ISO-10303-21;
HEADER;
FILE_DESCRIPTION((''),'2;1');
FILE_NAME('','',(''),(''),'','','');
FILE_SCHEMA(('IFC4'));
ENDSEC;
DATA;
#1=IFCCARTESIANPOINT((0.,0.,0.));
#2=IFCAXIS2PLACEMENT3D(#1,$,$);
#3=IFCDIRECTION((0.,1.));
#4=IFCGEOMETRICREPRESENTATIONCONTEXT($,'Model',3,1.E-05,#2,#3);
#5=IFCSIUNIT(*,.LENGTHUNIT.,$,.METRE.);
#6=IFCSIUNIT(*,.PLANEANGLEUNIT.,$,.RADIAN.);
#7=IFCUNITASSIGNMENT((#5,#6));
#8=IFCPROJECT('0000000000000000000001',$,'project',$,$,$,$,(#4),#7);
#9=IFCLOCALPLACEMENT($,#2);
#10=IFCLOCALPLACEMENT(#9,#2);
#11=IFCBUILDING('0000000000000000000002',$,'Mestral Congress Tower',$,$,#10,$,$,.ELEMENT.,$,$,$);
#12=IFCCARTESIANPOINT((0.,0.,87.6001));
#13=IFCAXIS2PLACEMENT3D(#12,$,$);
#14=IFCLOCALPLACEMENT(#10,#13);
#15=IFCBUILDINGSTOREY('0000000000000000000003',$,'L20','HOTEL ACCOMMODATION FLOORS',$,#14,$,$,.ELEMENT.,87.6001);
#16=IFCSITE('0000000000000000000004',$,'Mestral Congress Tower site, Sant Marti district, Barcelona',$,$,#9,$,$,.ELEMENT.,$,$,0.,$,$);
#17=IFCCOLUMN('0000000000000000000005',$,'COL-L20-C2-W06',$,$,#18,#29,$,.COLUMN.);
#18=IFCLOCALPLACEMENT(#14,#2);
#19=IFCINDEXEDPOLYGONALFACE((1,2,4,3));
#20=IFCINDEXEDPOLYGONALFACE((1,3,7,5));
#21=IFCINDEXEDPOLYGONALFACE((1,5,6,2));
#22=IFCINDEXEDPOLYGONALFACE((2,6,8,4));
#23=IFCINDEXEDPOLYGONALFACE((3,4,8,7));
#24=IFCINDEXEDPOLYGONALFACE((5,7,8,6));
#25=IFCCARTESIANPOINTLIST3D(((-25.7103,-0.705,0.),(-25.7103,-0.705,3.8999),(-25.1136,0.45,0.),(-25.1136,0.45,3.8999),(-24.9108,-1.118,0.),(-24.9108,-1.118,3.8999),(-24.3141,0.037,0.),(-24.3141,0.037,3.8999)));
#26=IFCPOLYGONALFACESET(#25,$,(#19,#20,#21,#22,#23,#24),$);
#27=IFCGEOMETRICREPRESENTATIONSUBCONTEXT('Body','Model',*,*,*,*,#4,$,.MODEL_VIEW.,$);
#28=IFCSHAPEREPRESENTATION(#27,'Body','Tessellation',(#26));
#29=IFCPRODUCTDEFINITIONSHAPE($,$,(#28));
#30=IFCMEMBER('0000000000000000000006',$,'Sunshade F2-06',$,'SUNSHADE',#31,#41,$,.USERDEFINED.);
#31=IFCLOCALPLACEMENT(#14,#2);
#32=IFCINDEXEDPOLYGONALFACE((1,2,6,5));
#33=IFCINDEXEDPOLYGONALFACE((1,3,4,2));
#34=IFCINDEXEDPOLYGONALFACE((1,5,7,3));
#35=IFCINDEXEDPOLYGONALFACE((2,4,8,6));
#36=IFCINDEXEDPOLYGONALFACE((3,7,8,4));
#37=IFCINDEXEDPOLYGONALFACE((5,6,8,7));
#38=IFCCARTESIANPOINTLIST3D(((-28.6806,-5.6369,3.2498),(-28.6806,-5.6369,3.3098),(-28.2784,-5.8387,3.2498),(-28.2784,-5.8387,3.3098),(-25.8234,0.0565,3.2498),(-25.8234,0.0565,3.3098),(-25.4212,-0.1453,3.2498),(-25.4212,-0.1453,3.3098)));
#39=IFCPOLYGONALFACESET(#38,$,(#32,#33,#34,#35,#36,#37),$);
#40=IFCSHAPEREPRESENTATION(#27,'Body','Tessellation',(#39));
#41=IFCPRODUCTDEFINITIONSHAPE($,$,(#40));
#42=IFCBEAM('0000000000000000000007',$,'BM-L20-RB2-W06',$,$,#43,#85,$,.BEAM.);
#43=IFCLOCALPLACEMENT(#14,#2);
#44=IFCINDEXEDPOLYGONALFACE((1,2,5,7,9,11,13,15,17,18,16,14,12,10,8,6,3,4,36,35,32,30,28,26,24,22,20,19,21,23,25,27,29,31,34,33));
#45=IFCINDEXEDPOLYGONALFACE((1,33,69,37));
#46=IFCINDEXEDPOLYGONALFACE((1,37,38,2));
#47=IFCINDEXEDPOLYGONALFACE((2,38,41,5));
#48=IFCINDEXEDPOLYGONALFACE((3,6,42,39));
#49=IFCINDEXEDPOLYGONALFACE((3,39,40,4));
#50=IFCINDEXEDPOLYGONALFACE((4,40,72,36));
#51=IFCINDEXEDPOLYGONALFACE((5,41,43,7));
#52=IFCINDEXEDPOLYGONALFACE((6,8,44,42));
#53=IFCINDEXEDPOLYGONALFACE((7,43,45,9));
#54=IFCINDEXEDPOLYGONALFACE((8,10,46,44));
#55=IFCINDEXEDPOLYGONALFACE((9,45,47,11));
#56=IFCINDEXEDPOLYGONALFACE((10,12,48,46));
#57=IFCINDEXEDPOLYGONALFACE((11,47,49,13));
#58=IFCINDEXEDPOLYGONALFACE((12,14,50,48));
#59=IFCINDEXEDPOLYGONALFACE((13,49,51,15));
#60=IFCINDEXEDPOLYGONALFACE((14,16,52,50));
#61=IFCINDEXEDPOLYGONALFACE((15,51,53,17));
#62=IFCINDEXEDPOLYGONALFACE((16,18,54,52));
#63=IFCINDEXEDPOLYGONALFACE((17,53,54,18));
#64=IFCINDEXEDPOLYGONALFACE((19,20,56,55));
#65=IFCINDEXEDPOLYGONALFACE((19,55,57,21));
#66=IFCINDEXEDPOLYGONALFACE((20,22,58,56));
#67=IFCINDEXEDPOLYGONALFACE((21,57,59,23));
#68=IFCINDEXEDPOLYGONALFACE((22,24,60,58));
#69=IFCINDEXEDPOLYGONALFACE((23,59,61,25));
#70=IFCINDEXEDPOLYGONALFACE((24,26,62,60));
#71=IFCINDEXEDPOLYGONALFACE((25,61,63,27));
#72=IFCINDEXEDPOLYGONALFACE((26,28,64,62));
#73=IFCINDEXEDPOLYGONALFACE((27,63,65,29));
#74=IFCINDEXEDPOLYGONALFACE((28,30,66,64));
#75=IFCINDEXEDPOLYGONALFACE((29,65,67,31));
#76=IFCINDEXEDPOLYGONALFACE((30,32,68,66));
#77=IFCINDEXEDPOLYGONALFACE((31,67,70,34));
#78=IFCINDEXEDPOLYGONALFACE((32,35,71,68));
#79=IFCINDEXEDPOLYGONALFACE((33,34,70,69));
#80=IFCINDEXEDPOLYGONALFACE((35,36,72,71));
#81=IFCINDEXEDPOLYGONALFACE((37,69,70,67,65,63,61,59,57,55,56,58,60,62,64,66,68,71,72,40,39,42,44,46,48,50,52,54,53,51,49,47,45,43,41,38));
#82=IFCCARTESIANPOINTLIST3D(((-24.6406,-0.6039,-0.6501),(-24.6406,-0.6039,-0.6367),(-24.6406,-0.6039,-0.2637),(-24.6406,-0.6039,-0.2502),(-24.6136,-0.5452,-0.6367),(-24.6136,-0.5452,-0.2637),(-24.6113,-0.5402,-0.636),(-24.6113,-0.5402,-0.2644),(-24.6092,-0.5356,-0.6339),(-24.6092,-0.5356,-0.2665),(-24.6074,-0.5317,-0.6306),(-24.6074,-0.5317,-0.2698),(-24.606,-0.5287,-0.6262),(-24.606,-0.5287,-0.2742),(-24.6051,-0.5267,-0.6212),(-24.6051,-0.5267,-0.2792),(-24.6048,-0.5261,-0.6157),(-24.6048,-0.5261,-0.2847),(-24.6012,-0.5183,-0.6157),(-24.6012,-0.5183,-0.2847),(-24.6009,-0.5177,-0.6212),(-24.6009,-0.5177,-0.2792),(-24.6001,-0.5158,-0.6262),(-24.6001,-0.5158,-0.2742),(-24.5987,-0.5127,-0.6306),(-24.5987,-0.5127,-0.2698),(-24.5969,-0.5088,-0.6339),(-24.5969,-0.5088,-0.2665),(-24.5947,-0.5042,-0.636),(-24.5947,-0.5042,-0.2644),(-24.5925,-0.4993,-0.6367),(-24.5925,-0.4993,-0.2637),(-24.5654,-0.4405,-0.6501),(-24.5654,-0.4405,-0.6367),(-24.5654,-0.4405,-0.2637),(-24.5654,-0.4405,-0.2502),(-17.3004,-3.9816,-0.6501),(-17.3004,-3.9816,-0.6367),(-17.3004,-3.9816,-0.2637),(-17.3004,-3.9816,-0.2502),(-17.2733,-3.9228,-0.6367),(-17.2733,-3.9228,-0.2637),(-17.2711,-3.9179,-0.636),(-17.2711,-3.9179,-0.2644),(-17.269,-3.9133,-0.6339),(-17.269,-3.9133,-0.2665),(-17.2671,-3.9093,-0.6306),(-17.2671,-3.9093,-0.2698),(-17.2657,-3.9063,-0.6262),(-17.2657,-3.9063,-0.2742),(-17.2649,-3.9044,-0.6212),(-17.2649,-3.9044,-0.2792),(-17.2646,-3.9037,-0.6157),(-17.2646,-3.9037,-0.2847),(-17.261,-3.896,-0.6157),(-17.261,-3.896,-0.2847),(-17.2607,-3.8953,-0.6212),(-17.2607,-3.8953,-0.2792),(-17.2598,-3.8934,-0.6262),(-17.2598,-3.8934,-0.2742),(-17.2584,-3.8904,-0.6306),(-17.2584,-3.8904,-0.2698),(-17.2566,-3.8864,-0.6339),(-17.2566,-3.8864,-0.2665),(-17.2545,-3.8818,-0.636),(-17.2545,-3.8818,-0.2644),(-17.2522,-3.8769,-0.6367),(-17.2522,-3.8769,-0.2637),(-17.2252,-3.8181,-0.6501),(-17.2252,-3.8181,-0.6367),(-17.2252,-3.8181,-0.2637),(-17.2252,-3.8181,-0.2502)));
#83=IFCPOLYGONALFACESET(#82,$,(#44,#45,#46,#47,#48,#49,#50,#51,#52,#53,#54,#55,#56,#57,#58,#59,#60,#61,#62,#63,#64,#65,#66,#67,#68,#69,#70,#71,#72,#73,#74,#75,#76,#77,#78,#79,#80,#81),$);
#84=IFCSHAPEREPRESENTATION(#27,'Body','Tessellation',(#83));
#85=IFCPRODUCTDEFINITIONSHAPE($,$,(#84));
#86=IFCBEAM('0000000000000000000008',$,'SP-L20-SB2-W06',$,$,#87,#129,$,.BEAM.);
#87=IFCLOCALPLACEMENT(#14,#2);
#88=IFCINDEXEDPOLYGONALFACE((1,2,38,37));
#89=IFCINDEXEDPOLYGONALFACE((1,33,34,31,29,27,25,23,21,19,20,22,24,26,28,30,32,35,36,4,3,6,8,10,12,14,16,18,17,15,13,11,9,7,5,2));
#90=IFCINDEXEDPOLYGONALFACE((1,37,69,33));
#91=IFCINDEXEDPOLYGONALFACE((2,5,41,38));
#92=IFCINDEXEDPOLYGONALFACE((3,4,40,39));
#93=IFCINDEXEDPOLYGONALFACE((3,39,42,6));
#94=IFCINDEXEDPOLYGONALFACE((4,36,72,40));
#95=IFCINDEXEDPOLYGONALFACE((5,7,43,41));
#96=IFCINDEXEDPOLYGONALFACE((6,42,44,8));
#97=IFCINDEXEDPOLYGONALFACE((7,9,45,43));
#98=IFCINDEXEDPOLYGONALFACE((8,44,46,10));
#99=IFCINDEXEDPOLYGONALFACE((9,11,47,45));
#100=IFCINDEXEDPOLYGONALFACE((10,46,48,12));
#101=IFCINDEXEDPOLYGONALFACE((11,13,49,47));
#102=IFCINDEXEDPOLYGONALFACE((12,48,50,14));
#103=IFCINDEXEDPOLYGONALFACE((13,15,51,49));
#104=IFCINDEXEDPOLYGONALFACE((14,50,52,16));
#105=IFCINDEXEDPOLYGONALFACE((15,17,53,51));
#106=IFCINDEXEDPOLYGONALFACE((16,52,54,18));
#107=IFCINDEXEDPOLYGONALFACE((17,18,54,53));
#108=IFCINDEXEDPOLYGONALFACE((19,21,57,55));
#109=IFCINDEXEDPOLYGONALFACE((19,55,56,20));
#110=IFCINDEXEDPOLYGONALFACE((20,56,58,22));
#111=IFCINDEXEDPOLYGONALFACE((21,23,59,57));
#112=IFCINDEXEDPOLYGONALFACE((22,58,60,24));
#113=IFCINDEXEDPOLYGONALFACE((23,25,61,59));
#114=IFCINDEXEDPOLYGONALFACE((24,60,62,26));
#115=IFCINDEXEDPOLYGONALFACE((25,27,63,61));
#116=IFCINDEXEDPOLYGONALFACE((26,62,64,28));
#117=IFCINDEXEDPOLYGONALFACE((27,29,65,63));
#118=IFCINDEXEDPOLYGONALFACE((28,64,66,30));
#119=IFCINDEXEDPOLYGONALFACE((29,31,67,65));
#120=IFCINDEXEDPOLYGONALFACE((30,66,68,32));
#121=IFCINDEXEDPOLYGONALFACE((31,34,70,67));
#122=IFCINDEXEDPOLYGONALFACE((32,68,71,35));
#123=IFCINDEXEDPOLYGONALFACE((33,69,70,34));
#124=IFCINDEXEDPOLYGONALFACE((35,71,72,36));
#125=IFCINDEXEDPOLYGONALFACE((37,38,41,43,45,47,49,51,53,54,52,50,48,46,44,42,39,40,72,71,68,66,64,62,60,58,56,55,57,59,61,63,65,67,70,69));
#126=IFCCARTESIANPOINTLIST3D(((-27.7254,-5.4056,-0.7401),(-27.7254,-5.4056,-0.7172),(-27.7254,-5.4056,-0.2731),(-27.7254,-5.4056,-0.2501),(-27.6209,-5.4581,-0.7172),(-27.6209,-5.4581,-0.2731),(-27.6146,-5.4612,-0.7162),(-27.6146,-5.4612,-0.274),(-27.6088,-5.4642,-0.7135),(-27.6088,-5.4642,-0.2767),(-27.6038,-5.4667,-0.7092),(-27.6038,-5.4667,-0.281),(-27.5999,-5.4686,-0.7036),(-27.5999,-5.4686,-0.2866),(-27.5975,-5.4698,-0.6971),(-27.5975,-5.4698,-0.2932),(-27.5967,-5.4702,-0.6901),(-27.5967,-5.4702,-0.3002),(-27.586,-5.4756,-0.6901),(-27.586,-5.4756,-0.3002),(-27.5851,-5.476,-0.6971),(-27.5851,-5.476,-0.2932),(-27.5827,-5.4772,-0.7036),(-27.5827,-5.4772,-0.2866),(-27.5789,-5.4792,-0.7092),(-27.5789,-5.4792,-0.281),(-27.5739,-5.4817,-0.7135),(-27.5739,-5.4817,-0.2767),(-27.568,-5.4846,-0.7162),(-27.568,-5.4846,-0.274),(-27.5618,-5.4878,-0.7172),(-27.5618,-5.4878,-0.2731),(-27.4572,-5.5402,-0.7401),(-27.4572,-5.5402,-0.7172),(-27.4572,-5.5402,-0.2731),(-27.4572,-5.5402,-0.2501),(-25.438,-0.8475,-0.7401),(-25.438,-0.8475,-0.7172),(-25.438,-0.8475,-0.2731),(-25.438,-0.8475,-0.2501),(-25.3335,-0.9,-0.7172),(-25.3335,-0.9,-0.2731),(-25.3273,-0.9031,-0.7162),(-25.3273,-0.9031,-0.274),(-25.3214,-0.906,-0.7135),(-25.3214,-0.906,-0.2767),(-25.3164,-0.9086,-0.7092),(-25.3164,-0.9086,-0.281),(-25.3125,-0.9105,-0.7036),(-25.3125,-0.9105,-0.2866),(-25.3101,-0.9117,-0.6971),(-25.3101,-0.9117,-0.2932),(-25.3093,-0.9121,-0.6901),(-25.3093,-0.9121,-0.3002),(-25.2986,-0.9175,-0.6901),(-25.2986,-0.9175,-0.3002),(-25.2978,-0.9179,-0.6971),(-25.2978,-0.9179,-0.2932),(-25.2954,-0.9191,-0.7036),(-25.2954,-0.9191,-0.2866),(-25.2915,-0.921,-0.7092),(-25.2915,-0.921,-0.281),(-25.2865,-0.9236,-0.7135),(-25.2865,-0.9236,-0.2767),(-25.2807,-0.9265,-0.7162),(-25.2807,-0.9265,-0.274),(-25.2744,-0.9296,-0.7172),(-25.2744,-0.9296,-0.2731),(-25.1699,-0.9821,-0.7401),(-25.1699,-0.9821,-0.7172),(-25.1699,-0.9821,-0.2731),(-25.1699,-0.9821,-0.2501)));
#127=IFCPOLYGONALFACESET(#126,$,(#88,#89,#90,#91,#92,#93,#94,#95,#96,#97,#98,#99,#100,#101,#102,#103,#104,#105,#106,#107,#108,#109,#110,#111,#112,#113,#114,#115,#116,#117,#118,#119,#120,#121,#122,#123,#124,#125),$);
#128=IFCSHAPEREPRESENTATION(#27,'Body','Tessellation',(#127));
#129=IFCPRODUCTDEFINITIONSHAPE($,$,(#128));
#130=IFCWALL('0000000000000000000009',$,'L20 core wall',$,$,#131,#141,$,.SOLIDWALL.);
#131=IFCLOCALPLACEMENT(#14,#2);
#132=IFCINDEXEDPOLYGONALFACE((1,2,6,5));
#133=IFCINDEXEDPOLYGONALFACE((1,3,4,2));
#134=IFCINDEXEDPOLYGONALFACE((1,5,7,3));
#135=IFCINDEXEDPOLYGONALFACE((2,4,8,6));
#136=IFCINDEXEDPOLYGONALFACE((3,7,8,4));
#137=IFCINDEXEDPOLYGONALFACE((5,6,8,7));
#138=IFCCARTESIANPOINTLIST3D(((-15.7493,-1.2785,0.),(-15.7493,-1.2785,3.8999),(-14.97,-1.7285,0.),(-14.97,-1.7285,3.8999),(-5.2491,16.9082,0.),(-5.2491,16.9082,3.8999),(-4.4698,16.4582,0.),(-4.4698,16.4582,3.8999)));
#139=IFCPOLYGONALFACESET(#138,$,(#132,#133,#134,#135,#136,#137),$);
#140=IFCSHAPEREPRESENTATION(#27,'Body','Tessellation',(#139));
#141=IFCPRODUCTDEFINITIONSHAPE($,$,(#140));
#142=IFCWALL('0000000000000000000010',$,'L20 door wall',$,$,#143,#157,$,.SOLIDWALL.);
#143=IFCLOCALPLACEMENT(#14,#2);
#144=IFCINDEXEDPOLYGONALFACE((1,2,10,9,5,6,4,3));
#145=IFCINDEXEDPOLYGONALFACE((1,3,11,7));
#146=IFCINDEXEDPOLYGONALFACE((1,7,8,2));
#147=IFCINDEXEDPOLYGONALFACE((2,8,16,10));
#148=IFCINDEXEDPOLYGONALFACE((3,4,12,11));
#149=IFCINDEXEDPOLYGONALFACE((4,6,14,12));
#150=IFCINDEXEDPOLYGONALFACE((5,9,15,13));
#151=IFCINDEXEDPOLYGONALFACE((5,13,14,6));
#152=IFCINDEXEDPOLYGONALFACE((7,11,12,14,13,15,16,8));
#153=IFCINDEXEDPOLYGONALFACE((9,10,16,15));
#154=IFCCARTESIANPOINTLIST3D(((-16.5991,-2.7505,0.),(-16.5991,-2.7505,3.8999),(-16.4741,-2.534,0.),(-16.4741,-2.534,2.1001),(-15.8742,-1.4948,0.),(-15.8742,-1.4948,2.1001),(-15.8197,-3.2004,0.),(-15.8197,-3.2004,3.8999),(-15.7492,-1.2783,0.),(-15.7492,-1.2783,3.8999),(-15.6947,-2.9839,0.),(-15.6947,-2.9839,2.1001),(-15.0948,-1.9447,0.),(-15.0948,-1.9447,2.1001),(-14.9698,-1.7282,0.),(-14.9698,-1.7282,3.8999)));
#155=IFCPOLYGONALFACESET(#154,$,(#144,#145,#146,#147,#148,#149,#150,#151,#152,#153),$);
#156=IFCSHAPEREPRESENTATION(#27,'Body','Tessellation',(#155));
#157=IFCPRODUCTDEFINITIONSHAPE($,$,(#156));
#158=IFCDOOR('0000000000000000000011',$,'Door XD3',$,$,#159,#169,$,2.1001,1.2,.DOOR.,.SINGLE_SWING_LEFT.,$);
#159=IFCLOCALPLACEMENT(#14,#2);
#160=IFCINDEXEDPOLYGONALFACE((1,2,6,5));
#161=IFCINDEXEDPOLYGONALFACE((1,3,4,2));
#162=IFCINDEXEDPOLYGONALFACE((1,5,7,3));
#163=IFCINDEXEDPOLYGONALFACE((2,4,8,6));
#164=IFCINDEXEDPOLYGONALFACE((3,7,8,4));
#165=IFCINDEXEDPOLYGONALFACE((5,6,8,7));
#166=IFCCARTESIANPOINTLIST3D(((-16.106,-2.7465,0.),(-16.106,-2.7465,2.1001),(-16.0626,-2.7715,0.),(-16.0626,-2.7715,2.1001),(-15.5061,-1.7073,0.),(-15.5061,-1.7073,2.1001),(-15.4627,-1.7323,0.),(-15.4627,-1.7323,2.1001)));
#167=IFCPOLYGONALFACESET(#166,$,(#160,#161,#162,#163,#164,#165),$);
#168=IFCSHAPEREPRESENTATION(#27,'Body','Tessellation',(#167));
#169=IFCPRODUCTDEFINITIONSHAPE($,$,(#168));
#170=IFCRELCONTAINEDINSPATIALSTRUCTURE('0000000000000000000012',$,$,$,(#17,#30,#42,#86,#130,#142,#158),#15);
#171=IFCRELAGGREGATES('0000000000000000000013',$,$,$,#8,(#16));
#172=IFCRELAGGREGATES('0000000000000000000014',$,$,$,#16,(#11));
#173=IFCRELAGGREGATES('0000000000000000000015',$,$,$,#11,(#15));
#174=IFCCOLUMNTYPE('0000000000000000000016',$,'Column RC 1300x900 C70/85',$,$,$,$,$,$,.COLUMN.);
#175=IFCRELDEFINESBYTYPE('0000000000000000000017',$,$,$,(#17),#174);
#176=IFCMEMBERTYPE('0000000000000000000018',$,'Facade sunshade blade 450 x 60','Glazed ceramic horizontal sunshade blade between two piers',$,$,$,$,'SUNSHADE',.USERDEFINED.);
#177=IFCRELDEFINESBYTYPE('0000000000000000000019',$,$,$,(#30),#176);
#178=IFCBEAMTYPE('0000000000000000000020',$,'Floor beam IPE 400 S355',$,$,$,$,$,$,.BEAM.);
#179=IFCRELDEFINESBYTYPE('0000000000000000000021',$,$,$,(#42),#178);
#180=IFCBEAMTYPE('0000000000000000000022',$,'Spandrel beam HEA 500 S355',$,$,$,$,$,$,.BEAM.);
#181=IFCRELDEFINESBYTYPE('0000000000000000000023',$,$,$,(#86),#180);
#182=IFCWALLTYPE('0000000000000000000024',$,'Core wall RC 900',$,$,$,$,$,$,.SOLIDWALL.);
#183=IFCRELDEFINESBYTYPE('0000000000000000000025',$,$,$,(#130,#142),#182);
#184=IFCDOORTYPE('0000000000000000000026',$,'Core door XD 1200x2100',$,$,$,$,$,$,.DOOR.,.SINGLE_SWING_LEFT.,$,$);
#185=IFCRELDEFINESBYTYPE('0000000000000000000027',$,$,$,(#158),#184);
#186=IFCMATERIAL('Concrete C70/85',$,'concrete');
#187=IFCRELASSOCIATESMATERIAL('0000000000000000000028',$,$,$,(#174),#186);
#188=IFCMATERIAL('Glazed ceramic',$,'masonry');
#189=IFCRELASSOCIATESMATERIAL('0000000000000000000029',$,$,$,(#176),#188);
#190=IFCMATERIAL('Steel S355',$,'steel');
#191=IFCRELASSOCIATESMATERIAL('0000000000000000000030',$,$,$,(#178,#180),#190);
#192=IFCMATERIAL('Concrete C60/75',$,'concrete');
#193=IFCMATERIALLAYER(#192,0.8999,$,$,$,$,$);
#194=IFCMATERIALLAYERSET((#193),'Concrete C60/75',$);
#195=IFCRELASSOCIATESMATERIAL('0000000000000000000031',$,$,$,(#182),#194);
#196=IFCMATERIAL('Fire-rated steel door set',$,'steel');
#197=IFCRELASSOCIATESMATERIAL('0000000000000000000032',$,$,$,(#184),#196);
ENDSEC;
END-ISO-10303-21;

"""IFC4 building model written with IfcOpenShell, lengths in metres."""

from ifc_helpers import new_model, si_unit, direction, frame, frame_2d, origin, origin_2d, place, context, subcontext, project, spatial, rectangle, i_section, extrude, material, layer, layer_set, material_profile, profile_set, type_object, element, fill, save


model = new_model("IFC4")

# Units and contexts
model_context = context("Model", 3, precision=1e-05, world=origin(), true_north=direction((0.0, 1.0)))
body_context = subcontext(model_context, "Body", "Model", "MODEL_VIEW")
ifc_project = project(units=[si_unit("LENGTHUNIT", "METRE"), si_unit("PLANEANGLEUNIT", "RADIAN")], contexts=[model_context])

# Site, building, storey
site_placement = place(None, origin())
site = spatial("IfcSite", under=ifc_project, at=site_placement, Name="Mestral Congress Tower site, Sant Marti district, Barcelona", CompositionType="ELEMENT", RefElevation=0.0)
building_placement = place(site_placement, origin())
building = spatial("IfcBuilding", under=site, at=building_placement, Name="Mestral Congress Tower", CompositionType="ELEMENT")
storey_placement = place(building_placement, frame((0.0, 0.0, 87.6001)))
storey = spatial("IfcBuildingStorey", under=building, at=storey_placement, Name="L20", Description="HOTEL ACCOMMODATION FLOORS", CompositionType="ELEMENT", Elevation=87.6001)

# Column
ifc_material_1 = material(Name="Concrete C70/85", Category="concrete")
ifc_material_profile_1 = material_profile(ifc_material_1, rectangle(XDim=1.3, YDim=0.8999, at=origin_2d()), Name="RC 1300x900")
ifc_profile_set_1 = profile_set([ifc_material_profile_1], Name="Concrete C70/85")
column_type = type_object("IfcColumnType", Name="Column RC 1300x900 C70/85", PredefinedType="COLUMN", material=ifc_profile_set_1)
column_placement = place(storey_placement, frame((-25.0122, -0.334, 0.0), z_axis=(0.0, 0.0, 1.0), x_axis=(-0.458961, -0.888456, 0.0)))
element("IfcColumn", 1, at=column_placement, inside=storey, type_object=column_type, Name="COL-L20-C2-W06", PredefinedType="COLUMN", context=body_context, shape_type="SweptSolid", body=[
    extrude(rectangle(XDim=1.3, YDim=0.8999, at=origin_2d()), origin(), (0.0, 0.0, 1.0), 3.8999),
])

# Member
ifc_material_2 = material(Name="Glazed ceramic", Category="masonry")
ifc_material_profile_2 = material_profile(ifc_material_2, rectangle(XDim=0.45, YDim=0.0601, at=origin_2d()), Name="Ceramic blade 450 x 60")
ifc_profile_set_2 = profile_set([ifc_material_profile_2], Name="Glazed ceramic")
member_type = type_object("IfcMemberType", Name="Facade sunshade blade 450 x 60", Description="Glazed ceramic horizontal sunshade blade between two piers", ElementType="SUNSHADE", PredefinedType="USERDEFINED", material=ifc_profile_set_2)
member_placement = place(storey_placement, frame((-25.6223, -0.0444, 3.2798), z_axis=(-0.448532, -0.893767, 0.0), x_axis=(0.893767, -0.448532, 0.0)))
element("IfcMember", 2, at=member_placement, inside=storey, type_object=member_type, Name="Sunshade F2-06", ObjectType="SUNSHADE", PredefinedType="USERDEFINED", context=body_context, shape_type="SweptSolid", body=[
    extrude(rectangle(XDim=0.45, YDim=0.0601, at=origin_2d()), origin(), (0.0, 0.0, 1.0), 6.3701),
])

# Beams
ifc_material_3 = material(Name="Steel S355", Category="steel")
ifc_material_profile_3 = material_profile(ifc_material_3, i_section(OverallWidth=0.1799, OverallDepth=0.3999, WebThickness=0.0085, FlangeThickness=0.0134, FilletRadius=0.021, at=origin_2d()), Name="IPE 400")
ifc_profile_set_3 = profile_set([ifc_material_profile_3], Name="Steel S355")
beam_type_1 = type_object("IfcBeamType", Name="Floor beam IPE 400 S355", PredefinedType="BEAM", material=ifc_profile_set_3)
beam_1_placement = place(storey_placement, frame((-24.603, -0.5222, -0.4502), z_axis=(0.908437, -0.418021, 0.0), x_axis=(0.418021, 0.908437, 0.0)))
element("IfcBeam", 3, at=beam_1_placement, inside=storey, type_object=beam_type_1, Name="BM-L20-RB2-W06", PredefinedType="BEAM", context=body_context, shape_type="SweptSolid", body=[
    extrude(i_section(OverallWidth=0.1799, OverallDepth=0.3999, WebThickness=0.0085, FlangeThickness=0.0134, FilletRadius=0.021, at=origin_2d()), origin(), (0.0, 0.0, 1.0), 8.0801),
])
ifc_material_profile_4 = material_profile(ifc_material_3, i_section(OverallWidth=0.3, OverallDepth=0.49, WebThickness=0.012, FlangeThickness=0.0229, FilletRadius=0.0271, at=origin_2d()), Name="HEA 500")
ifc_profile_set_4 = profile_set([ifc_material_profile_4], Name="Steel S355")
beam_type_2 = type_object("IfcBeamType", Name="Spandrel beam HEA 500 S355", PredefinedType="BEAM", material=ifc_profile_set_4)
beam_2_placement = place(storey_placement, frame((-25.304, -0.9148, -0.4951), z_axis=(-0.448515, -0.893775, 0.0), x_axis=(0.893775, -0.448515, 0.0)))
element("IfcBeam", 4, at=beam_2_placement, inside=storey, type_object=beam_type_2, Name="SP-L20-SB2-W06", PredefinedType="BEAM", context=body_context, shape_type="SweptSolid", body=[
    extrude(i_section(OverallWidth=0.3, OverallDepth=0.49, WebThickness=0.012, FlangeThickness=0.0229, FilletRadius=0.0271, at=origin_2d()), origin(), (0.0, 0.0, 1.0), 5.0999),
])

# Wall
ifc_material_4 = material(Name="Concrete C60/75", Category="concrete")
ifc_layer_1 = layer(ifc_material_4, 0.8999)
ifc_layer_set_1 = layer_set([ifc_layer_1], Name="Concrete C60/75")
wall_type_1 = type_object("IfcWallType", Name="Core wall RC 900", PredefinedType="SOLIDWALL", material=ifc_layer_set_1)
wall_1_placement = place(storey_placement, frame((-15.3596, -1.5034, 0.0), z_axis=(0.0, 0.0, 1.0), x_axis=(0.500004, 0.866023, 0.0)))
element("IfcWall", 5, at=wall_1_placement, inside=storey, type_object=wall_type_1, Name="L20 core wall", PredefinedType="SOLIDWALL", context=body_context, shape_type="SweptSolid", body=[
    extrude(rectangle(XDim=21.0002, YDim=0.8999, at=frame_2d((10.5, 0.0))), origin(), (0.0, 0.0, 1.0), 3.8999),
])

# Wall, opening, door
wall_2_placement = place(storey_placement, frame((-16.2095, -2.9756, 0.0), z_axis=(0.0, 0.0, 1.0), x_axis=(0.499955, 0.866052, 0.0)))
wall_2 = element("IfcWall", 6, at=wall_2_placement, inside=storey, type_object=wall_type_1, Name="L20 door wall", PredefinedType="SOLIDWALL", context=body_context, shape_type="SweptSolid", body=[
    extrude(rectangle(XDim=1.7, YDim=0.8999, at=frame_2d((0.8501, 0.0))), origin(), (0.0, 0.0, 1.0), 3.8999),
])
opening_1_placement = place(wall_2_placement, frame((0.25, 0.0, 0.0)))
opening_1 = element("IfcOpeningElement", 7, at=opening_1_placement, cuts=wall_2, PredefinedType="OPENING", context=body_context, shape_type="SweptSolid", body=[
    extrude(rectangle(XDim=1.2, YDim=2.1001, at=frame_2d((0.6001, 1.05))), frame((0.0, 0.46, 0.0), z_axis=(0.0, -1.0, 0.0), x_axis=(1.0, 0.0, 0.0)), (0.0, 0.0, 1.0), 0.9199),
])
ifc_material_5 = material(Name="Fire-rated steel door set", Category="steel")
door_type_1 = type_object("IfcDoorType", Name="Core door XD 1200x2100", OperationType="SINGLE_SWING_LEFT", PredefinedType="DOOR", material=ifc_material_5)
door_1_placement = place(opening_1_placement, origin())
door_1 = element("IfcDoor", 8, at=door_1_placement, inside=storey, type_object=door_type_1, Name="Door XD3", OperationType="SINGLE_SWING_LEFT", OverallHeight=2.1001, OverallWidth=1.2, PredefinedType="DOOR", context=body_context, shape_type="SweptSolid", body=[
    extrude(rectangle(XDim=1.2, YDim=2.1001, at=frame_2d((0.6001, 1.05))), frame((0.0, 0.0249, 0.0), z_axis=(0.0, -1.0, 0.0), x_axis=(1.0, 0.0, 0.0)), (0.0, 0.0, 1.0), 0.05),
])
fill(opening_1, door_1)

save(model, "model.ifc")
